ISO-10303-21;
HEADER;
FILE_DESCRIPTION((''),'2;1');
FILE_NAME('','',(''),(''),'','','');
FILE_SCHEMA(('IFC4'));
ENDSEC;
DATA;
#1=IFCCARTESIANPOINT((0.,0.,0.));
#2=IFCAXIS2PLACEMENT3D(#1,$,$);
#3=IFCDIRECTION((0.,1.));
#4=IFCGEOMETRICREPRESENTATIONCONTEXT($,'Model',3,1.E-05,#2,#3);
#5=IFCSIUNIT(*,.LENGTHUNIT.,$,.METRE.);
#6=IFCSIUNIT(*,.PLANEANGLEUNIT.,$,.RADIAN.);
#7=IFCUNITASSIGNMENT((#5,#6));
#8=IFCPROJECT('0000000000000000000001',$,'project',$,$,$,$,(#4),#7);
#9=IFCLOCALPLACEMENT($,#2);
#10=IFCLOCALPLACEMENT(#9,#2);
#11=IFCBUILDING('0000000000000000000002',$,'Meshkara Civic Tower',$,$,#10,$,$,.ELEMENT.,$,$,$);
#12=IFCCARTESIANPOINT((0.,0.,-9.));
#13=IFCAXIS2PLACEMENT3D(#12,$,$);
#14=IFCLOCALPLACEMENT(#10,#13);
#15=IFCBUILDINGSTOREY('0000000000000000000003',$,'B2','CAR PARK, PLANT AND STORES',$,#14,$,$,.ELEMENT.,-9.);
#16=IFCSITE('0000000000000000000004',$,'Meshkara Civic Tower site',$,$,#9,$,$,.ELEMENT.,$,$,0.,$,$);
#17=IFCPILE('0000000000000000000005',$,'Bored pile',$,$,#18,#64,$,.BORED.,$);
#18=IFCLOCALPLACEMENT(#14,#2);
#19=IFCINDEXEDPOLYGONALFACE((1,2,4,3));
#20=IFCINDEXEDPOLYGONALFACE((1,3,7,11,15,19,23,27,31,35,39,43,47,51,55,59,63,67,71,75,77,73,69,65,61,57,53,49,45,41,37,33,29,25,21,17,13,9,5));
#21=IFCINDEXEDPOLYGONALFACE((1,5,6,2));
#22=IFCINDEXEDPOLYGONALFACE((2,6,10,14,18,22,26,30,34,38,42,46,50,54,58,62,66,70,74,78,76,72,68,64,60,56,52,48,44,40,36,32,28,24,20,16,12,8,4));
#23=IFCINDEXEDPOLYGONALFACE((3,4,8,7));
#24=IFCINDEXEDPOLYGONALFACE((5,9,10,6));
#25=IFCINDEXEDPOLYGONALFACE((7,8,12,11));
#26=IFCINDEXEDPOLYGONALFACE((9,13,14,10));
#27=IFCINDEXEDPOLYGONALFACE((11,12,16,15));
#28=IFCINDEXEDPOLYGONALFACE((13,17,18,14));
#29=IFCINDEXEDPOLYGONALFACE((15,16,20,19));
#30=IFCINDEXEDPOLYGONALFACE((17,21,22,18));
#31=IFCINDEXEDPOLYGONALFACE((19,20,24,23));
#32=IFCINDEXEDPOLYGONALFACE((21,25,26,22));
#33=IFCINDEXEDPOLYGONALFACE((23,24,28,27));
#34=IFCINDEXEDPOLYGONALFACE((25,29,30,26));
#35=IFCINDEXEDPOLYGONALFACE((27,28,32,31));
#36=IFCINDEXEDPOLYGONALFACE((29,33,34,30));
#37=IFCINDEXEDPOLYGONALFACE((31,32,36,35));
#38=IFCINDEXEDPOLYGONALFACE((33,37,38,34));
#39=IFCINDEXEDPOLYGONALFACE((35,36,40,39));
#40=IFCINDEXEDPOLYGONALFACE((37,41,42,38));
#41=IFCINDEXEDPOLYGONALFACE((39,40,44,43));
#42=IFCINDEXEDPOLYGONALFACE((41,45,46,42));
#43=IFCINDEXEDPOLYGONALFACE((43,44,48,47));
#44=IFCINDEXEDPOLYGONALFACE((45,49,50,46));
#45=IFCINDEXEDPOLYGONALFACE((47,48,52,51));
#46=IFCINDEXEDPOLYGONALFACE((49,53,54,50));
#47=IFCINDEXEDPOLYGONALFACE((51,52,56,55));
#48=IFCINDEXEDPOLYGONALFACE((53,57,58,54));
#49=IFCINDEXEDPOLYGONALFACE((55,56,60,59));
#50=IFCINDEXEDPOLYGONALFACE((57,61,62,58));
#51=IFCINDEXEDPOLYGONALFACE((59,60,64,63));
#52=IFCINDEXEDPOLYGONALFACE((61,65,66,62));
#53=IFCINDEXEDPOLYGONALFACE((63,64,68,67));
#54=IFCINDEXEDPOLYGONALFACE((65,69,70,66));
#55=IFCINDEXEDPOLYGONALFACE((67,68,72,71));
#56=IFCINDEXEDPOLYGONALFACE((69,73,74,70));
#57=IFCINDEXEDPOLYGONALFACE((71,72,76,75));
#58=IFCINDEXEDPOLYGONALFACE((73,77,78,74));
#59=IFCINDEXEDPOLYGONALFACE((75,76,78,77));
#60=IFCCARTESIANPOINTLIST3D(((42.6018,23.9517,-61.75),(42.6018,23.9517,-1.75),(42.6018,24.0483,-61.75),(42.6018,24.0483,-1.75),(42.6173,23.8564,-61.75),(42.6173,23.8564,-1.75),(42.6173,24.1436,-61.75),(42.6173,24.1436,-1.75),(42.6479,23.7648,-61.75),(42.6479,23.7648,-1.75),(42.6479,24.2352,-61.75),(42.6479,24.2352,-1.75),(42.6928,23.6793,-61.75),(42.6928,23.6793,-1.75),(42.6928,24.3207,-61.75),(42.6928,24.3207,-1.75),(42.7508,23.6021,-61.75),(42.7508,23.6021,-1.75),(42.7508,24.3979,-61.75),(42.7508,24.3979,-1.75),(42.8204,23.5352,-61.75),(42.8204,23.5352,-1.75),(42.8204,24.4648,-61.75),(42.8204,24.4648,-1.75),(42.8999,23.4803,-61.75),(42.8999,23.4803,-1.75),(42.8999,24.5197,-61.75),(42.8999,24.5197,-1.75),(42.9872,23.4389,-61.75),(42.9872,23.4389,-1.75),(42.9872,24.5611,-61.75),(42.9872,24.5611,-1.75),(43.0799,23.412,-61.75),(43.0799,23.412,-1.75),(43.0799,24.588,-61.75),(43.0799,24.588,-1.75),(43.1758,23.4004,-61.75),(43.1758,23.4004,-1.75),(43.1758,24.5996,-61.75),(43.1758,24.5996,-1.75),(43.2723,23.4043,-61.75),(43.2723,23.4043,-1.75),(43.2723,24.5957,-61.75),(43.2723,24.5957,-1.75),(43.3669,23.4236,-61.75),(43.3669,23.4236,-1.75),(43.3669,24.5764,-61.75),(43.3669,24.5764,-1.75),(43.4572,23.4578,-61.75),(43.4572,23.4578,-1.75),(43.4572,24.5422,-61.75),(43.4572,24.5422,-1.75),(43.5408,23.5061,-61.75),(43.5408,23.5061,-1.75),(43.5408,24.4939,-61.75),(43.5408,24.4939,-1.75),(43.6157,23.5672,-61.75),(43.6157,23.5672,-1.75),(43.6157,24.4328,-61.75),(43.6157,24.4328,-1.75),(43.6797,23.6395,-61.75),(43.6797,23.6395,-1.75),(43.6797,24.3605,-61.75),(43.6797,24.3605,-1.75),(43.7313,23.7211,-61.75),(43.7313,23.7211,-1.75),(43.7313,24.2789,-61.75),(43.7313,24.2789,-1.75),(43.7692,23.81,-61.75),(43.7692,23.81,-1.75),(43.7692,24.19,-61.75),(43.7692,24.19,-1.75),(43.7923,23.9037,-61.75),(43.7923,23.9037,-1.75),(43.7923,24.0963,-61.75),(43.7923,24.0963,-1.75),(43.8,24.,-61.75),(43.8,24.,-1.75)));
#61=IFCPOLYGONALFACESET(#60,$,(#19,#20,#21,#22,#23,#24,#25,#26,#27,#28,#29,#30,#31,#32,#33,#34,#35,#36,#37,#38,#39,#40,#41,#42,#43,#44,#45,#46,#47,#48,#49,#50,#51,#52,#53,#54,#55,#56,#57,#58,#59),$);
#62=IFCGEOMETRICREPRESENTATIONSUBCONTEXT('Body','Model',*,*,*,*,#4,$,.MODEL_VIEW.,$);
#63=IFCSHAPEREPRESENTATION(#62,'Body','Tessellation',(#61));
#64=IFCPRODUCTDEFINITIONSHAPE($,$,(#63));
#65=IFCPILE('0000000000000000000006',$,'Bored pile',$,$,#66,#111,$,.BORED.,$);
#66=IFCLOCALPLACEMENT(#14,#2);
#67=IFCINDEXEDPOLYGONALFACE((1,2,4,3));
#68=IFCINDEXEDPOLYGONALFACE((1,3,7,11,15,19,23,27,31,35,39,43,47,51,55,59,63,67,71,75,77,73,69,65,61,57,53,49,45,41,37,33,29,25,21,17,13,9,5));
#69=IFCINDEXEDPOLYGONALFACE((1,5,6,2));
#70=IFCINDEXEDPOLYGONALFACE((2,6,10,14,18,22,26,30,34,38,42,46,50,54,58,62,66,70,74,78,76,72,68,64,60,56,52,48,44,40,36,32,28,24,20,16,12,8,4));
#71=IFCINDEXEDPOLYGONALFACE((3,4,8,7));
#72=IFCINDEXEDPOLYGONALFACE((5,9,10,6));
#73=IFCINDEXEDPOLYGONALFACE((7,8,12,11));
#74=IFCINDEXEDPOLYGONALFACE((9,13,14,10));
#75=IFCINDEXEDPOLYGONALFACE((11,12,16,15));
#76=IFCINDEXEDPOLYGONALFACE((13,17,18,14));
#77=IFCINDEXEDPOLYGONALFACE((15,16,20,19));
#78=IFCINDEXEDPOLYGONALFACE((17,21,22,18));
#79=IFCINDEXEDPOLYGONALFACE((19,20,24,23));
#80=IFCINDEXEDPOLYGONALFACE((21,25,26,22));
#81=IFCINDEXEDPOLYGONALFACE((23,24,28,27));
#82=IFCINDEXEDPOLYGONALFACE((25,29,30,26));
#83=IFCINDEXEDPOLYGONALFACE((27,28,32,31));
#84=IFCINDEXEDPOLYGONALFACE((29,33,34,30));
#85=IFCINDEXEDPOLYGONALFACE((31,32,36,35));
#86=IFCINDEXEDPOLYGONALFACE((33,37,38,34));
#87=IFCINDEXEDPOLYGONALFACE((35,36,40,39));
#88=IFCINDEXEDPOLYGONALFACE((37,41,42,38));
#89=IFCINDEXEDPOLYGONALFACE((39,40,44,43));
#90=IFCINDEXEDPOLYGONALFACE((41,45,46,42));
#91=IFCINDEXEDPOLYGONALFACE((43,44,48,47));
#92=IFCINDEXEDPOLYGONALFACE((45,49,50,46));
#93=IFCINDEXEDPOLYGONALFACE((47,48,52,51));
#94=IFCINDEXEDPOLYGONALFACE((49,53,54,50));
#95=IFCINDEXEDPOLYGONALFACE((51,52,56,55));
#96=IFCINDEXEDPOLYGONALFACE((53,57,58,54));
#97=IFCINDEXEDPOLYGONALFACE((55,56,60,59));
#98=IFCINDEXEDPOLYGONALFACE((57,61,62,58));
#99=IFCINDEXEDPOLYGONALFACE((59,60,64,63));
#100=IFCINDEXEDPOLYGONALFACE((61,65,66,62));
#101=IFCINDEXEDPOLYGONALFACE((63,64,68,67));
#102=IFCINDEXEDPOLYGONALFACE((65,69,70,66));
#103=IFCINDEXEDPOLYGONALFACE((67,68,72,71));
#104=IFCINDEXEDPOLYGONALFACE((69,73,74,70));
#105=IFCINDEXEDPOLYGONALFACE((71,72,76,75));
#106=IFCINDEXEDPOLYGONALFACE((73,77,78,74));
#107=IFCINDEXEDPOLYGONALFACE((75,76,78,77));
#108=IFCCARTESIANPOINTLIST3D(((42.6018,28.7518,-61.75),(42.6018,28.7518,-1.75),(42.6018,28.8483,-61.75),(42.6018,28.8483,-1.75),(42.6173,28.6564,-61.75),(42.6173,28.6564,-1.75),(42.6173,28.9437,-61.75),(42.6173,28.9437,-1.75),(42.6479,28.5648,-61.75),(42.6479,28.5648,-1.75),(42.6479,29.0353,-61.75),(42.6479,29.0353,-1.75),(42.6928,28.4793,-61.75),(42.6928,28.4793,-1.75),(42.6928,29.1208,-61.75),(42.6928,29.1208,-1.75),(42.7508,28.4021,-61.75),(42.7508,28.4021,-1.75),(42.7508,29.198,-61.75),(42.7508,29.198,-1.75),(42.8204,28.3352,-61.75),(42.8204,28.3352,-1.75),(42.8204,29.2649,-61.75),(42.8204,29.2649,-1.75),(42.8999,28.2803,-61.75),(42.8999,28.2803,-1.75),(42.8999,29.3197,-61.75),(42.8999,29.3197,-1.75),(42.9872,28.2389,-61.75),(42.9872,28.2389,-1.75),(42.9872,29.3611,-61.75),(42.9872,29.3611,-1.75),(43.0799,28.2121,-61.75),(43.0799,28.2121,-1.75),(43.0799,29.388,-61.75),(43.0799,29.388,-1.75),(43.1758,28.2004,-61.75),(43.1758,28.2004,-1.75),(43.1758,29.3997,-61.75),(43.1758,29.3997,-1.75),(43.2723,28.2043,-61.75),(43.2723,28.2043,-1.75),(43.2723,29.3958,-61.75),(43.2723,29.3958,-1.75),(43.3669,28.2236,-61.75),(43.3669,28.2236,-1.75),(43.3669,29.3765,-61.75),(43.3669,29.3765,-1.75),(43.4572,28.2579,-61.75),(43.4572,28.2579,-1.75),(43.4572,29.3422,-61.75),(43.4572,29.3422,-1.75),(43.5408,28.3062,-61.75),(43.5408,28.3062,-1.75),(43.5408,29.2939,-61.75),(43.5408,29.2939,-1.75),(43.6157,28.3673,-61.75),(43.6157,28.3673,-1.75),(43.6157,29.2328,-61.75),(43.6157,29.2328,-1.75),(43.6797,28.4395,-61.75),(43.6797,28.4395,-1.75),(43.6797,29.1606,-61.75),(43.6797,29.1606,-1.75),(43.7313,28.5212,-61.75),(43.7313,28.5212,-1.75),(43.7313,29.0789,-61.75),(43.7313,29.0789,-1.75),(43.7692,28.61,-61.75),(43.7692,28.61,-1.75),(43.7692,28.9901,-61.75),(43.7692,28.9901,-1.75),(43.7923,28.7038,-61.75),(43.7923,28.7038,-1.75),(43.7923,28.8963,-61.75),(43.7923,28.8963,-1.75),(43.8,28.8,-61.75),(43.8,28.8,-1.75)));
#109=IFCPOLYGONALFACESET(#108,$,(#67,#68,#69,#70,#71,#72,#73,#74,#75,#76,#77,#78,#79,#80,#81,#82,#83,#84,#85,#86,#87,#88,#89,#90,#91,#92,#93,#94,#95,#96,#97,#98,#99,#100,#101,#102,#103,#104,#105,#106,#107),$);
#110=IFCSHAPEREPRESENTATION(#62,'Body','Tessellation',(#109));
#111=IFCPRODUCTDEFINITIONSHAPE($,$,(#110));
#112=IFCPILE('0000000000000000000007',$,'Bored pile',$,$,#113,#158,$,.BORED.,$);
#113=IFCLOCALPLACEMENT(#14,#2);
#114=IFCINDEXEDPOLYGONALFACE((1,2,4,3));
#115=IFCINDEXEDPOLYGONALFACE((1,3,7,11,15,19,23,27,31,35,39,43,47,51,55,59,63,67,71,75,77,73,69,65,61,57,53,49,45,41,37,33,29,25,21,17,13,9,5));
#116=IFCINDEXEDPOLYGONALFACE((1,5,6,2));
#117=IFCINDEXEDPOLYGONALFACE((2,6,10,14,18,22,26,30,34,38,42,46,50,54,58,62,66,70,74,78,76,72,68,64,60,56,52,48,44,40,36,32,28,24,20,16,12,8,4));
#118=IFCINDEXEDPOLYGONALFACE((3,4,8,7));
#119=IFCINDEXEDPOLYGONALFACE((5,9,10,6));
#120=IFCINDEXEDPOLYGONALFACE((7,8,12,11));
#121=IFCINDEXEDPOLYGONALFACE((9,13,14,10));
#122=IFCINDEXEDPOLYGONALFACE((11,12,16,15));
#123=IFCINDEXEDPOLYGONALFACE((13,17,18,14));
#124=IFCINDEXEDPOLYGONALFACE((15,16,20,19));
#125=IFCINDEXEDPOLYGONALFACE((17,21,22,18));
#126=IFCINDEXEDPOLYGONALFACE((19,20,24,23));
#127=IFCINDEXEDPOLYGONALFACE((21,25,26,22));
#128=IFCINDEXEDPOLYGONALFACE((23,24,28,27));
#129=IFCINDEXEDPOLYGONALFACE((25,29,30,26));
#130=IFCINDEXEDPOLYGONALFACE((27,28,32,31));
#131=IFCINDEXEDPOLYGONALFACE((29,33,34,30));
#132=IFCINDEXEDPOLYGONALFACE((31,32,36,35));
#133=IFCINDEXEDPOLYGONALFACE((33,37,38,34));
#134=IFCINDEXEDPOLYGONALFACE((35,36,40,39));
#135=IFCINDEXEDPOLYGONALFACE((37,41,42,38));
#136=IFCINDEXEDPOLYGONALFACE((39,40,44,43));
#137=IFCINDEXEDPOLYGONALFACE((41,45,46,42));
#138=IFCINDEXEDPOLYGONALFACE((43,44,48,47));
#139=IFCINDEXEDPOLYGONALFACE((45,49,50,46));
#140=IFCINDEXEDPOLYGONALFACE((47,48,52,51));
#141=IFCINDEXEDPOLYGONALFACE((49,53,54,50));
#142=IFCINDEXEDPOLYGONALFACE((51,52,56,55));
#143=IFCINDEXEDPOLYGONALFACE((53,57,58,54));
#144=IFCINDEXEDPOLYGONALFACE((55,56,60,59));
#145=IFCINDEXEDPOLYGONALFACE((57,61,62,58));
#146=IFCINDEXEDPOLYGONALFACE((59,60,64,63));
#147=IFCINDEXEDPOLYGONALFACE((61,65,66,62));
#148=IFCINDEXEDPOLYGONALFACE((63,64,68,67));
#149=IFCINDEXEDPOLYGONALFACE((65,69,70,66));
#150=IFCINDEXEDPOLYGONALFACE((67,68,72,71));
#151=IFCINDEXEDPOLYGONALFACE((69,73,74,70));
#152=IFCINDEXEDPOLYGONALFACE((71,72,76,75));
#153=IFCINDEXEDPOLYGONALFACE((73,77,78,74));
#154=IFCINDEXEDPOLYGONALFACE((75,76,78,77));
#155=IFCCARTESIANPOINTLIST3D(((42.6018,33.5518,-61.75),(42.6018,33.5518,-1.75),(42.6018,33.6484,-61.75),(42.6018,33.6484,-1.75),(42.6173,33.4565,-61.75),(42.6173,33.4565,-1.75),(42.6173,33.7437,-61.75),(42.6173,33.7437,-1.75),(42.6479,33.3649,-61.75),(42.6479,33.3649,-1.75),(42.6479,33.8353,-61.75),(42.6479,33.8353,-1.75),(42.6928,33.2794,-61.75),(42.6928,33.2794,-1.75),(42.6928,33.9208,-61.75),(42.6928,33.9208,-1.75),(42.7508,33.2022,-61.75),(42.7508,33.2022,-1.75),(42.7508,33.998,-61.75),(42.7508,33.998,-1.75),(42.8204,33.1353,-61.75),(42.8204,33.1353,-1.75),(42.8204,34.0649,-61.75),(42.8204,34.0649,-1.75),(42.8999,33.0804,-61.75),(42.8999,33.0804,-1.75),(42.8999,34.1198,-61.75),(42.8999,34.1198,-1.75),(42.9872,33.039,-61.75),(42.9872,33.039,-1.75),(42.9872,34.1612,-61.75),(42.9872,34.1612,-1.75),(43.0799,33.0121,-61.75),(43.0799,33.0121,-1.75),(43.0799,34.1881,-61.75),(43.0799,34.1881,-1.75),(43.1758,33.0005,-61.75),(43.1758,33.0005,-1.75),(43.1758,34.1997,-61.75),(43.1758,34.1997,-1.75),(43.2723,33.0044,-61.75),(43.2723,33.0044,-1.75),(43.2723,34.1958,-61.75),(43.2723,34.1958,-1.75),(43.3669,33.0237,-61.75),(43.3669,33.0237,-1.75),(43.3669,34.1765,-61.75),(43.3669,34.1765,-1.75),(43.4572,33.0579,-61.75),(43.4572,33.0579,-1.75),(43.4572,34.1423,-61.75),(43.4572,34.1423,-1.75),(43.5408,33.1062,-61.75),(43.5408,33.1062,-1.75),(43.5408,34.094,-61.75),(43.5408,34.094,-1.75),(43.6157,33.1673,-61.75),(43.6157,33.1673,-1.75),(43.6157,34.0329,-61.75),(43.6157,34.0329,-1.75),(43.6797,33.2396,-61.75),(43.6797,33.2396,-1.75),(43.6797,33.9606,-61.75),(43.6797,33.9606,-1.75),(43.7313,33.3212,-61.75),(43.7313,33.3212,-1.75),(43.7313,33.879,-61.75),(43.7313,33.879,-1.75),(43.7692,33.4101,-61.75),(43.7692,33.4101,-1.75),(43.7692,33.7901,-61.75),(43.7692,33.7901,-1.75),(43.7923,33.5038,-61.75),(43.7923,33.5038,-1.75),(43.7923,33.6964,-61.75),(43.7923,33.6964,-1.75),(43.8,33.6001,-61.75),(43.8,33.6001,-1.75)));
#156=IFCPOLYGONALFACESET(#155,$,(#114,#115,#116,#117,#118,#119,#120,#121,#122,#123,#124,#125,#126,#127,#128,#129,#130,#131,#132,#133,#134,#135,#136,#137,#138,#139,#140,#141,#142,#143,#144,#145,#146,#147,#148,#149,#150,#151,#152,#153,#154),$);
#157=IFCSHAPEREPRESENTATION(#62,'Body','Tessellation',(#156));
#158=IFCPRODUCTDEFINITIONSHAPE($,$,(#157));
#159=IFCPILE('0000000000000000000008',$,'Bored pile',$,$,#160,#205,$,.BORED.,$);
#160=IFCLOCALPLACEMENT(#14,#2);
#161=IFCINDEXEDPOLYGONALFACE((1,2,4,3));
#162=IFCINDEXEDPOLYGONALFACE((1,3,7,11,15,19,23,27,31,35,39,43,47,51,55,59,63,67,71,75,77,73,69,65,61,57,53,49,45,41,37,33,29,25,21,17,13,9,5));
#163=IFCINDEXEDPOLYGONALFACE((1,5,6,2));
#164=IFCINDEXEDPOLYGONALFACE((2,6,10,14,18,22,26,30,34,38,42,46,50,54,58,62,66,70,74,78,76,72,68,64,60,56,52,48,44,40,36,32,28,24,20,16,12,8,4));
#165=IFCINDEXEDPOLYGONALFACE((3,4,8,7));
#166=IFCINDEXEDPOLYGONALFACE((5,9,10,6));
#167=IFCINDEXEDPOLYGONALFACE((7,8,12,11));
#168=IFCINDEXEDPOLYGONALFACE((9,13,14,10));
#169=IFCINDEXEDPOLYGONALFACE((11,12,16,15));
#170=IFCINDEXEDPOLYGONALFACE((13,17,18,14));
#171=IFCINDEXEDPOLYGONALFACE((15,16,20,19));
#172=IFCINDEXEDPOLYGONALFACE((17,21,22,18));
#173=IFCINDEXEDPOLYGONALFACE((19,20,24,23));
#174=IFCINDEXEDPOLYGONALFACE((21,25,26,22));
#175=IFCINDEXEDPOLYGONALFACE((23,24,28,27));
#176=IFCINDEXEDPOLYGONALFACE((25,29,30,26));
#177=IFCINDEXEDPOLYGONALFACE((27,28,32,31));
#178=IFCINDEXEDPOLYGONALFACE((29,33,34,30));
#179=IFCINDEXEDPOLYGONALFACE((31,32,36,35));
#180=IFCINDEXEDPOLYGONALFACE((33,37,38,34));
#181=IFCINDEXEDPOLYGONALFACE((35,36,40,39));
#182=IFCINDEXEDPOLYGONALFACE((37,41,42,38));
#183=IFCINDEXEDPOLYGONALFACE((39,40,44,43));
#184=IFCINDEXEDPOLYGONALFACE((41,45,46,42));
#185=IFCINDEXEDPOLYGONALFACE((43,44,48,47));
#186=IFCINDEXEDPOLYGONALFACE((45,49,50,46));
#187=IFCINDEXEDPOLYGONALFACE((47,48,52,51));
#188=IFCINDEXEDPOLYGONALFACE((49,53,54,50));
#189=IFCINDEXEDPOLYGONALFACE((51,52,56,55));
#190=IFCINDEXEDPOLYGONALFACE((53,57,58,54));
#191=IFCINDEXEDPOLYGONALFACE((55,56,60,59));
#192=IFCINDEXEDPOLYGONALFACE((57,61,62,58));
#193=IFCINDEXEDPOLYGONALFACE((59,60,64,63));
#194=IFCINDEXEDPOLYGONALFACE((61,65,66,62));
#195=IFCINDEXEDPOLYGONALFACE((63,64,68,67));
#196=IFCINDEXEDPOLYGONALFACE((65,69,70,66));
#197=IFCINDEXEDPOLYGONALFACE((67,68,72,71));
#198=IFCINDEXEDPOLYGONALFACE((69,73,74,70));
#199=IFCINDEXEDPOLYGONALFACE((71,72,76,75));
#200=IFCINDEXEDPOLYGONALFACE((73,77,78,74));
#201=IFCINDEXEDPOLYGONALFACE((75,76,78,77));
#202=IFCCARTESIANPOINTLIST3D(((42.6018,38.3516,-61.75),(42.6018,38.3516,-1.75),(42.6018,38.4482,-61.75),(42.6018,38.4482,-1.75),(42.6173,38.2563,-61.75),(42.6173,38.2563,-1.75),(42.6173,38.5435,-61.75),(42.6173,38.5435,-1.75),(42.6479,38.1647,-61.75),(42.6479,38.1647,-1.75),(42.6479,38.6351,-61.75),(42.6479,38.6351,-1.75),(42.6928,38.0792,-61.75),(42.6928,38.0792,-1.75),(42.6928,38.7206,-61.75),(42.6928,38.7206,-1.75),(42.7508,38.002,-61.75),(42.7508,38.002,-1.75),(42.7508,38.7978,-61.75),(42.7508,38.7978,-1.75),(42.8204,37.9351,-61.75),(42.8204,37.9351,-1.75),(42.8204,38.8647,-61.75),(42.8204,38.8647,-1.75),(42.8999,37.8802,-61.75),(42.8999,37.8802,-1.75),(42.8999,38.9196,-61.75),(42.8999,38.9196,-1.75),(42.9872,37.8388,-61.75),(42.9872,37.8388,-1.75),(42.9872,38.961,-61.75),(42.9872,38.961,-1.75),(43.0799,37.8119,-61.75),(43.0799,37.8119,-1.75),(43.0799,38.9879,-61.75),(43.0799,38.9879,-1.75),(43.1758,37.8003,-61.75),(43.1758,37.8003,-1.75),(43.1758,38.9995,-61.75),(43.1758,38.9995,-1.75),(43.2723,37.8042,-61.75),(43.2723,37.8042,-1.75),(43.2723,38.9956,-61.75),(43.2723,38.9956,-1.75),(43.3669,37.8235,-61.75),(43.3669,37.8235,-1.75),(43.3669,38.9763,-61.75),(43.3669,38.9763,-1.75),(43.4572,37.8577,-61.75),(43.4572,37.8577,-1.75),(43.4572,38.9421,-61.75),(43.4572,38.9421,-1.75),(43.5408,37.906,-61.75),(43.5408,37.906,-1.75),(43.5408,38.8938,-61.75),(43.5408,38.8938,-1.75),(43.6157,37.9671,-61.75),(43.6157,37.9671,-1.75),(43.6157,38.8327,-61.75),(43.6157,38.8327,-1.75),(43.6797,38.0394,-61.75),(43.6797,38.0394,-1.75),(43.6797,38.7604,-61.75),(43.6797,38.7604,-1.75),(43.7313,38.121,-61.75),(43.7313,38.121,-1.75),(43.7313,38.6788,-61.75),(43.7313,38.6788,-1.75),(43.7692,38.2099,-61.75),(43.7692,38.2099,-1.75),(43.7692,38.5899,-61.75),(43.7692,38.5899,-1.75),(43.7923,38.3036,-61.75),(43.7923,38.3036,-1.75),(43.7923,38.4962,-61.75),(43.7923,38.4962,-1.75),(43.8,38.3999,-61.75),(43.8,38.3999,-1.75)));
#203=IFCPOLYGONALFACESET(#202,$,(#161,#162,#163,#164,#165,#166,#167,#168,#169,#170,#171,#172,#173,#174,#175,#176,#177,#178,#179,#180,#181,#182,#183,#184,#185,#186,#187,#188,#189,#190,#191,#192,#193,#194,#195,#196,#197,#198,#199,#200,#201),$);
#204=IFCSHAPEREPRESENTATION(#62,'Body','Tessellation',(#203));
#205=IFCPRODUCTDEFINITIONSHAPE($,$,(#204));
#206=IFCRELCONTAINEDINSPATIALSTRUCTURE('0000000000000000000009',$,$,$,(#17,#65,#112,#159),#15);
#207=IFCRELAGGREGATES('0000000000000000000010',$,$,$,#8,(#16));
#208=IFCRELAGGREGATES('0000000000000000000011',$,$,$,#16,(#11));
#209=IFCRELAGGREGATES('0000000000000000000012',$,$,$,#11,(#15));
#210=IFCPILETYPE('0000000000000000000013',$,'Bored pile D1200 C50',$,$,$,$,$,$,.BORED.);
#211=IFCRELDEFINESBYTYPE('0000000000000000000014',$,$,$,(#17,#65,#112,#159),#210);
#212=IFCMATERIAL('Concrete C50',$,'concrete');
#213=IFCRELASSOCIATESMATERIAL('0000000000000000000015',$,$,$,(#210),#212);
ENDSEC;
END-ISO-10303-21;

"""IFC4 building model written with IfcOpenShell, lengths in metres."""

from ifc_helpers import new_model, si_unit, direction, frame, origin, origin_2d, place, context, subcontext, project, spatial, circle, extrude, material, material_profile, profile_set, type_object, element, save


model = new_model("IFC4")

# Units and contexts
model_context = context("Model", 3, precision=1e-05, world=origin(), true_north=direction((0.0, 1.0)))
body_context = subcontext(model_context, "Body", "Model", "MODEL_VIEW")
ifc_project = project(units=[si_unit("LENGTHUNIT", "METRE"), si_unit("PLANEANGLEUNIT", "RADIAN")], contexts=[model_context])

# Site, building, storey
site_placement = place(None, origin())
site = spatial("IfcSite", under=ifc_project, at=site_placement, Name="Meshkara Civic Tower site", CompositionType="ELEMENT", RefElevation=0.0)
building_placement = place(site_placement, origin())
building = spatial("IfcBuilding", under=site, at=building_placement, Name="Meshkara Civic Tower", CompositionType="ELEMENT")
storey_placement = place(building_placement, frame((0.0, 0.0, -9.0)))
storey = spatial("IfcBuildingStorey", under=building, at=storey_placement, Name="B2", Description="CAR PARK, PLANT AND STORES", CompositionType="ELEMENT", Elevation=-9.0)

# Piles
ifc_material_1 = material(Name="Concrete C50", Category="concrete")
ifc_material_profile_1 = material_profile(ifc_material_1, circle(Radius=0.6001, at=origin_2d()))
ifc_profile_set_1 = profile_set([ifc_material_profile_1], Name="Concrete C50")
pile_type = type_object("IfcPileType", Name="Bored pile D1200 C50", PredefinedType="BORED", material=ifc_profile_set_1)
for number, where, z_axis, x_axis, name in (
    (1, (43.2, 24.0, -1.75), (0.0, 0.0, -1.0), (1.0, 0.0, 0.0), "Bored pile"),
    (2, (43.2, 28.8, -1.75), (0.0, 0.0, -1.0), (1.0, 0.0, 0.0), "Bored pile"),
    (3, (43.2, 33.6001, -1.75), (0.0, 0.0, -1.0), (1.0, 0.0, 0.0), "Bored pile"),
    (4, (43.2, 38.3999, -1.75), (0.0, 0.0, -1.0), (1.0, 0.0, 0.0), "Bored pile"),
):
    element("IfcPile", number, at=place(storey_placement, frame(where, z_axis=z_axis, x_axis=x_axis)), inside=storey, type_object=pile_type, Name=name, PredefinedType="BORED", context=body_context, shape_type="SweptSolid", body=[
        extrude(circle(Radius=0.6001, at=origin_2d()), origin(), (0.0, 0.0, 1.0), 60.0),
    ])

save(model, "model.ifc")
